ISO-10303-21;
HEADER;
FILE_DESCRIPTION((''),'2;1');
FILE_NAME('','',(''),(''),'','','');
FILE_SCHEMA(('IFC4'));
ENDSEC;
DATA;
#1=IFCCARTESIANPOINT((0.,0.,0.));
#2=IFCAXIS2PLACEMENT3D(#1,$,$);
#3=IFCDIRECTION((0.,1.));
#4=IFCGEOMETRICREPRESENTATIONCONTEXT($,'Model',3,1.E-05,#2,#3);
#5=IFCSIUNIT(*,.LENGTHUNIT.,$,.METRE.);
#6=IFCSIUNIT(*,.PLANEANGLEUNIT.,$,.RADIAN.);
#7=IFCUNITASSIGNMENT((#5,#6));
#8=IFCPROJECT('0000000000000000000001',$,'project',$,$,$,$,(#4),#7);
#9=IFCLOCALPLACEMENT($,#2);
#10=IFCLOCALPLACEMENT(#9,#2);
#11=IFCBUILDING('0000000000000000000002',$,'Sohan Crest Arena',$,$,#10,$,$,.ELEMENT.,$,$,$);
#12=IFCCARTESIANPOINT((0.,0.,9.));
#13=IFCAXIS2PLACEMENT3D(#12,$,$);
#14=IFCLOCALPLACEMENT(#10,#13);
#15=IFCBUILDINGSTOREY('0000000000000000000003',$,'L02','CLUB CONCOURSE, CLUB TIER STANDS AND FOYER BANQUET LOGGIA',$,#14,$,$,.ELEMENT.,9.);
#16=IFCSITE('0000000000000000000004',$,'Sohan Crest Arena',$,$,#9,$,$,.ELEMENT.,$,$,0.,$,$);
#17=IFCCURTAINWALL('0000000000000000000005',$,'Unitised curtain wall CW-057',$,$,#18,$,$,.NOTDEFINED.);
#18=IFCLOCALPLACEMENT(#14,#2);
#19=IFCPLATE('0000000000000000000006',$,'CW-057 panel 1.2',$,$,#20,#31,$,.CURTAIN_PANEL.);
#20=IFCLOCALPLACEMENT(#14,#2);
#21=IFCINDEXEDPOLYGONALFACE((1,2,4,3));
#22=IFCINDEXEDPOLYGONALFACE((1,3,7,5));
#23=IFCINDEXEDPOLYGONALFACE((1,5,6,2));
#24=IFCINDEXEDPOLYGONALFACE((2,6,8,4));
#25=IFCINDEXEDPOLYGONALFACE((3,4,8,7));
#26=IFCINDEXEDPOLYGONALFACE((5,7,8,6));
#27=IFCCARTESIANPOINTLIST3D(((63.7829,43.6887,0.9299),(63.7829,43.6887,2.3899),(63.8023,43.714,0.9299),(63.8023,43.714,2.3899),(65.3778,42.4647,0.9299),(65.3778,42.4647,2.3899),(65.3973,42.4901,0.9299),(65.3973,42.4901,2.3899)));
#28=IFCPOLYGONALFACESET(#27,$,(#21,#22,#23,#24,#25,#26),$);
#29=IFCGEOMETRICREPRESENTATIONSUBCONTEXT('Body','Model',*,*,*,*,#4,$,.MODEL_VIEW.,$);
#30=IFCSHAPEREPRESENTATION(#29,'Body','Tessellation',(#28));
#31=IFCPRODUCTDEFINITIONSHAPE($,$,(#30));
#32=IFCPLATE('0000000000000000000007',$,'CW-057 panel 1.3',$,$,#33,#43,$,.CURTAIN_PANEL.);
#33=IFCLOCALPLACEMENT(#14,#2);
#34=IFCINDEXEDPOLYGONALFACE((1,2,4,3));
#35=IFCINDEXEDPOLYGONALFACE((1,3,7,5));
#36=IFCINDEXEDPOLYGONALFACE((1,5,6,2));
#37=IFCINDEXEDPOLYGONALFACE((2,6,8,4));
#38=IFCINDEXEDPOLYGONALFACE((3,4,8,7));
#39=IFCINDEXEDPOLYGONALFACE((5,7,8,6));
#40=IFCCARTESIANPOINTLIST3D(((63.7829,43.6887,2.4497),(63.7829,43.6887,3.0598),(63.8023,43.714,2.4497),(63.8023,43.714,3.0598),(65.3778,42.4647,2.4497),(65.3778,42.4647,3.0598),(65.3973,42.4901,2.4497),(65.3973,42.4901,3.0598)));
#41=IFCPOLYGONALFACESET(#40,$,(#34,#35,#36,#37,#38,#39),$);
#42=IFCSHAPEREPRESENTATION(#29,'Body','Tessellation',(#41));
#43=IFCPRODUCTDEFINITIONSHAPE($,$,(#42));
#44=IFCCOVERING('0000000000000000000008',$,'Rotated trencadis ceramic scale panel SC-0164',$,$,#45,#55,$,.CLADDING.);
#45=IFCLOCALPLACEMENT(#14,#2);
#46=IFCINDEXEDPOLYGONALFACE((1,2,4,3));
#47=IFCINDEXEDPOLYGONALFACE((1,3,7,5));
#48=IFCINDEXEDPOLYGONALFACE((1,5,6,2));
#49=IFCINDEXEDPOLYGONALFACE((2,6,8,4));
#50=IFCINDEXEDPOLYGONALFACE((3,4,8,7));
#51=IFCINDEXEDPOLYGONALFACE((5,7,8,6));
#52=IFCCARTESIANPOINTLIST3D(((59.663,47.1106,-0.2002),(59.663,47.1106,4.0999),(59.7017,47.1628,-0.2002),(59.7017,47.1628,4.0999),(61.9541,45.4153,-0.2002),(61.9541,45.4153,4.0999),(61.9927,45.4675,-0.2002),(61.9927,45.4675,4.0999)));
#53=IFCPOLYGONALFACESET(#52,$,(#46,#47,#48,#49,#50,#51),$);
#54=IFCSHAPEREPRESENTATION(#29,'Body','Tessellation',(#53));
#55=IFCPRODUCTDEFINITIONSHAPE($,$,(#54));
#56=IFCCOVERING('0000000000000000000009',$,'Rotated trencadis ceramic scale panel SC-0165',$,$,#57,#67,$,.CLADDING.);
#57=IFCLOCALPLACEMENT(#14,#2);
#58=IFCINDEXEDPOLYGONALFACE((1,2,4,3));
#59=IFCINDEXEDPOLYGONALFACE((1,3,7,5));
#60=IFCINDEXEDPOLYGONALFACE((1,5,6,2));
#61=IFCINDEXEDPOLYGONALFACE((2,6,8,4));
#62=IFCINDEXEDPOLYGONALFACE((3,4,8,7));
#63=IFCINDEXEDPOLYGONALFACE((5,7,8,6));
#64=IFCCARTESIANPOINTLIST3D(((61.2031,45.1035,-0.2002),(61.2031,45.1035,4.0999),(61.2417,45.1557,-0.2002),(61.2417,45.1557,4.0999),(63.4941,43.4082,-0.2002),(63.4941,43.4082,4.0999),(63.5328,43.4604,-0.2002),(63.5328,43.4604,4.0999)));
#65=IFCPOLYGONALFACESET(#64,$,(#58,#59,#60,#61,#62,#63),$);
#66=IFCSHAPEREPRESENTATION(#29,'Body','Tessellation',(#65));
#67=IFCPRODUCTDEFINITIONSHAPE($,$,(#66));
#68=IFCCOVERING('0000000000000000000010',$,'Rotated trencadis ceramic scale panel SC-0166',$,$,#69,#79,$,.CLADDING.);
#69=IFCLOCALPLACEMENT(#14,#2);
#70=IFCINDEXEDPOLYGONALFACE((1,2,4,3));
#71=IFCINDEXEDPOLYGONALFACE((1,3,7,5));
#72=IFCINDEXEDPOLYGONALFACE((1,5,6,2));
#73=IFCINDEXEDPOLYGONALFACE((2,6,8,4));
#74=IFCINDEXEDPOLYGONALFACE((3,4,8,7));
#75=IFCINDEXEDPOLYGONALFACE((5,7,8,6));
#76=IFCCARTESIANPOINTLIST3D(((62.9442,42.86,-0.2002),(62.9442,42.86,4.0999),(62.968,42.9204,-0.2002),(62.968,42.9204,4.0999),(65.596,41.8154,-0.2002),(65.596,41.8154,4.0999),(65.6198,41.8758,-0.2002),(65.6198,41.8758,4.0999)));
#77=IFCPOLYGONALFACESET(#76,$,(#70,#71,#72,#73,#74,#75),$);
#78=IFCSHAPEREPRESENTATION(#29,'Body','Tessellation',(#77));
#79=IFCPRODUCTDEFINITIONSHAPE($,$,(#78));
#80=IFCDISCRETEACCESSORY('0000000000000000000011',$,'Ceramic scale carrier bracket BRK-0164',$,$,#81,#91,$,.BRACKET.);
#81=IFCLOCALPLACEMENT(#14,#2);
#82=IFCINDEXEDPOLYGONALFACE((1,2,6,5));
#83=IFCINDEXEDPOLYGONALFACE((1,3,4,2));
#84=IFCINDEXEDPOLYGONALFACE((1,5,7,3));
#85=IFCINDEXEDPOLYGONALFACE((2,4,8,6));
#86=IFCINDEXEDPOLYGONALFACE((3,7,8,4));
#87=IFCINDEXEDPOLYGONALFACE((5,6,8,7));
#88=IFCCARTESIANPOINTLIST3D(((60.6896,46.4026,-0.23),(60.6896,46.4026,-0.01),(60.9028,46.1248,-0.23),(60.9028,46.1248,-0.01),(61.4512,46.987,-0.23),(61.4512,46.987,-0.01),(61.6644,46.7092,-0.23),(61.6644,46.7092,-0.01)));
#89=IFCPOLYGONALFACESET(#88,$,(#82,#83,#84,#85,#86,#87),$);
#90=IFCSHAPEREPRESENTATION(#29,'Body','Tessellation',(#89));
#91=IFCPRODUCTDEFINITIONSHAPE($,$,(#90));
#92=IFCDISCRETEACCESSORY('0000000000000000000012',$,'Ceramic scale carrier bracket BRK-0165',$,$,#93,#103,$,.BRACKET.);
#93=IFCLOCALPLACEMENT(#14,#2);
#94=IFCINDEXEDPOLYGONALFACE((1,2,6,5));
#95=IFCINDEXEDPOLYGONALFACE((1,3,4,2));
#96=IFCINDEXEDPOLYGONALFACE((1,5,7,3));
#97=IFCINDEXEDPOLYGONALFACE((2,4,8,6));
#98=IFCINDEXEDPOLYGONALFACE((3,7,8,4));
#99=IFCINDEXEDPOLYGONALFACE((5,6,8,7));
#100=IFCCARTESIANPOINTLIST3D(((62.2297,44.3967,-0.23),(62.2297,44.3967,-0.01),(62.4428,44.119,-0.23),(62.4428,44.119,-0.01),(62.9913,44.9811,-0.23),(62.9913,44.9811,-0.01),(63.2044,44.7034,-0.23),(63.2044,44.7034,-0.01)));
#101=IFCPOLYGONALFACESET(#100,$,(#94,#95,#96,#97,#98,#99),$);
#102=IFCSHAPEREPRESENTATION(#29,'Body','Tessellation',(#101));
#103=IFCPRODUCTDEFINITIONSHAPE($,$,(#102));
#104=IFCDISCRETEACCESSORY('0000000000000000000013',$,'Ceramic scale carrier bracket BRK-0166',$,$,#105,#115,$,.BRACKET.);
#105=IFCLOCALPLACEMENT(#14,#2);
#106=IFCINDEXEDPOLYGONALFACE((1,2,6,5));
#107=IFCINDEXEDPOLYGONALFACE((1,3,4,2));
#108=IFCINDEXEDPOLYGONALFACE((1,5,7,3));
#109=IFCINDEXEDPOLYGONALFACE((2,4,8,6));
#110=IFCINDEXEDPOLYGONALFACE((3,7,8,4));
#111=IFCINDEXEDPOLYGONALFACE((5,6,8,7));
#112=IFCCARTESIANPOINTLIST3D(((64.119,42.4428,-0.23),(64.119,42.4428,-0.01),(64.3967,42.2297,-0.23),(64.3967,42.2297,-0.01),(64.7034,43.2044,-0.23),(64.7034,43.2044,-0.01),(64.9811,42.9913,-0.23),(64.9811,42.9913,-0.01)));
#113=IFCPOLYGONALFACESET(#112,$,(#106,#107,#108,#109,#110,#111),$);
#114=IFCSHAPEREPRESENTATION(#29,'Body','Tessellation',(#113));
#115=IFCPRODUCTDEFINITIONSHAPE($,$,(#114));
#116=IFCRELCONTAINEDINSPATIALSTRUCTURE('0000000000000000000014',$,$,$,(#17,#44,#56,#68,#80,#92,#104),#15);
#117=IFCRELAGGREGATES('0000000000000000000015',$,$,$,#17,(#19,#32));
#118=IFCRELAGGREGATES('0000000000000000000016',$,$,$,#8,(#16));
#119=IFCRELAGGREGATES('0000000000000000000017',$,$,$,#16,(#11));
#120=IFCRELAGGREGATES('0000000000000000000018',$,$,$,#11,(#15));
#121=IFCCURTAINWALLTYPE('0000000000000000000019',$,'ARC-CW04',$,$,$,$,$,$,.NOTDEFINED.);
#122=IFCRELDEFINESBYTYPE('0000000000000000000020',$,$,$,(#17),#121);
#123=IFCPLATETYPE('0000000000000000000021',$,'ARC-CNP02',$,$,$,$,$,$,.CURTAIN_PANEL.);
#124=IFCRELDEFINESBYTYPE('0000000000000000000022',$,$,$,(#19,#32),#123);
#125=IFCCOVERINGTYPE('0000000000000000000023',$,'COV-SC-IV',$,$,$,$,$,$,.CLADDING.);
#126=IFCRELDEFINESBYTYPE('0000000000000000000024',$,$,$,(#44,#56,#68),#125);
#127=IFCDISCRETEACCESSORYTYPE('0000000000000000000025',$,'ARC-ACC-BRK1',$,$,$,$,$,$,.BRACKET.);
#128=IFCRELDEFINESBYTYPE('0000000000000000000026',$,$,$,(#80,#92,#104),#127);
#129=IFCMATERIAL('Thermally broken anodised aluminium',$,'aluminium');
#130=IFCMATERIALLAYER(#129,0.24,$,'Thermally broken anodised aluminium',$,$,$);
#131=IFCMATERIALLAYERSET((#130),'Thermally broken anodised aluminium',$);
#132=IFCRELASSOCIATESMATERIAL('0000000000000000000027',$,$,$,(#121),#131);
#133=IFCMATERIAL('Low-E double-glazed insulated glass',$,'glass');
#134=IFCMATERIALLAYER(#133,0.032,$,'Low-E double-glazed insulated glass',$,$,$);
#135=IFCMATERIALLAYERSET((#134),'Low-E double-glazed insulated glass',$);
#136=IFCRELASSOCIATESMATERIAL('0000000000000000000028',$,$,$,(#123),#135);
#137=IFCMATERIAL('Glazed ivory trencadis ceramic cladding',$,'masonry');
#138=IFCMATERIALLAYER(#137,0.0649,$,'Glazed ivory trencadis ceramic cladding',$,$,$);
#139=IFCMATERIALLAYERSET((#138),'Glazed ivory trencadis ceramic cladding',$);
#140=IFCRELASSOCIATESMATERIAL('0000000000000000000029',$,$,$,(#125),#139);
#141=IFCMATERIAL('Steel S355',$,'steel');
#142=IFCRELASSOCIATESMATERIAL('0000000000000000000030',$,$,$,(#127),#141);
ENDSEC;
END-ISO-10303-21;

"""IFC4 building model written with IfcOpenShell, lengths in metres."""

from ifc_helpers import new_model, si_unit, direction, frame, origin, origin_2d, place, context, subcontext, project, spatial, rectangle, extrude, material, layer, layer_set, type_object, element, aggregate, save


model = new_model("IFC4")

# Units and contexts
model_context = context("Model", 3, precision=1e-05, world=origin(), true_north=direction((0.0, 1.0)))
body_context = subcontext(model_context, "Body", "Model", "MODEL_VIEW")
ifc_project = project(units=[si_unit("LENGTHUNIT", "METRE"), si_unit("PLANEANGLEUNIT", "RADIAN")], contexts=[model_context])

# Site, building, storey
site_placement = place(None, origin())
site = spatial("IfcSite", under=ifc_project, at=site_placement, Name="Sohan Crest Arena", CompositionType="ELEMENT", RefElevation=0.0)
building_placement = place(site_placement, origin())
building = spatial("IfcBuilding", under=site, at=building_placement, Name="Sohan Crest Arena", CompositionType="ELEMENT")
storey_placement = place(building_placement, frame((0.0, 0.0, 9.0)))
storey = spatial("IfcBuildingStorey", under=building, at=storey_placement, Name="L02", Description="CLUB CONCOURSE, CLUB TIER STANDS AND FOYER BANQUET LOGGIA", CompositionType="ELEMENT", Elevation=9.0)

# Shared definitions
ifc_material_1 = material(Name="Steel S355", Category="steel")

# Curtain wall
ifc_material_2 = material(Name="Thermally broken anodised aluminium", Category="aluminium")
ifc_layer_1 = layer(ifc_material_2, 0.24, Name="Thermally broken anodised aluminium")
ifc_layer_set_1 = layer_set([ifc_layer_1], Name="Thermally broken anodised aluminium")
curtain_wall_type_1 = type_object("IfcCurtainWallType", Name="ARC-CW04", PredefinedType="NOTDEFINED", material=ifc_layer_set_1)
curtain_wall_1_placement = place(storey_placement, origin())
curtain_wall_1 = element("IfcCurtainWall", 1, at=curtain_wall_1_placement, inside=storey, type_object=curtain_wall_type_1, Name="Unitised curtain wall CW-057", PredefinedType="NOTDEFINED")

# Plates
ifc_material_3 = material(Name="Low-E double-glazed insulated glass", Category="glass")
ifc_layer_2 = layer(ifc_material_3, 0.032, Name="Low-E double-glazed insulated glass")
ifc_layer_set_2 = layer_set([ifc_layer_2], Name="Low-E double-glazed insulated glass")
plate_type_1 = type_object("IfcPlateType", Name="ARC-CNP02", PredefinedType="CURTAIN_PANEL", material=ifc_layer_set_2)
plate_1_placement = place(storey_placement, frame((64.5901, 43.0894, 0.9299), z_axis=(0.0, 0.0, 1.0), x_axis=(0.793329, -0.608793, 0.0)))
plate_1 = element("IfcPlate", 2, at=plate_1_placement, type_object=plate_type_1, Name="CW-057 panel 1.2", PredefinedType="CURTAIN_PANEL", context=body_context, shape_type="SweptSolid", body=[
    extrude(rectangle(XDim=2.0105, YDim=0.032, at=origin_2d()), origin(), (0.0, 0.0, 1.0), 1.46),
])
plate_2_placement = place(storey_placement, frame((64.5901, 43.0894, 2.4497), z_axis=(0.0, 0.0, 1.0), x_axis=(0.793329, -0.608793, 0.0)))
plate_2 = element("IfcPlate", 3, at=plate_2_placement, type_object=plate_type_1, Name="CW-057 panel 1.3", PredefinedType="CURTAIN_PANEL", context=body_context, shape_type="SweptSolid", body=[
    extrude(rectangle(XDim=2.0105, YDim=0.032, at=origin_2d()), origin(), (0.0, 0.0, 1.0), 0.6101),
])
aggregate(curtain_wall_1, [plate_1, plate_2])

# Coverings
ifc_material_4 = material(Name="Glazed ivory trencadis ceramic cladding", Category="masonry")
ifc_layer_3 = layer(ifc_material_4, 0.0649, Name="Glazed ivory trencadis ceramic cladding")
ifc_layer_set_3 = layer_set([ifc_layer_3], Name="Glazed ivory trencadis ceramic cladding")
covering_type = type_object("IfcCoveringType", Name="COV-SC-IV", PredefinedType="CLADDING", material=ifc_layer_set_3)
for number, where, z_axis, x_axis, name in (
    (4, (60.8279, 46.2891, -0.2002), (0.0, 0.0, 1.0), (0.803857, -0.594823, 0.0), "Rotated trencadis ceramic scale panel SC-0164"),
    (5, (62.3679, 44.282, -0.2002), (0.0, 0.0, 1.0), (0.803857, -0.594823, 0.0), "Rotated trencadis ceramic scale panel SC-0165"),
    (6, (64.282, 42.3679, -0.2002), (0.0, 0.0, 1.0), (0.930418, -0.366501, 0.0), "Rotated trencadis ceramic scale panel SC-0166"),
):
    element("IfcCovering", number, at=place(storey_placement, frame(where, z_axis=z_axis, x_axis=x_axis)), inside=storey, type_object=covering_type, Name=name, PredefinedType="CLADDING", context=body_context, shape_type="SweptSolid", body=[
        extrude(rectangle(XDim=2.8501, YDim=0.0649, at=origin_2d()), origin(), (0.0, 0.0, 1.0), 4.3),
    ])

# Discrete accessories
discrete_accessory_type = type_object("IfcDiscreteAccessoryType", Name="ARC-ACC-BRK1", PredefinedType="BRACKET", material=ifc_material_1)
for number, where, z_axis, x_axis, name in (
    (7, (61.177, 46.5559, -0.23), (0.0, 0.0, 1.0), (0.608761, -0.793353, 0.0), "Ceramic scale carrier bracket BRK-0164"),
    (8, (62.717, 44.55, -0.23), (0.0, 0.0, 1.0), (0.608761, -0.793353, 0.0), "Ceramic scale carrier bracket BRK-0165"),
    (9, (64.55, 42.717, -0.23), (0.0, 0.0, 1.0), (0.793353, -0.608761, 0.0), "Ceramic scale carrier bracket BRK-0166"),
):
    element("IfcDiscreteAccessory", number, at=place(storey_placement, frame(where, z_axis=z_axis, x_axis=x_axis)), inside=storey, type_object=discrete_accessory_type, Name=name, PredefinedType="BRACKET", context=body_context, shape_type="SweptSolid", body=[
        extrude(rectangle(XDim=0.3501, YDim=0.96, at=origin_2d()), origin(), (0.0, 0.0, 1.0), 0.22),
    ])

save(model, "model.ifc")
